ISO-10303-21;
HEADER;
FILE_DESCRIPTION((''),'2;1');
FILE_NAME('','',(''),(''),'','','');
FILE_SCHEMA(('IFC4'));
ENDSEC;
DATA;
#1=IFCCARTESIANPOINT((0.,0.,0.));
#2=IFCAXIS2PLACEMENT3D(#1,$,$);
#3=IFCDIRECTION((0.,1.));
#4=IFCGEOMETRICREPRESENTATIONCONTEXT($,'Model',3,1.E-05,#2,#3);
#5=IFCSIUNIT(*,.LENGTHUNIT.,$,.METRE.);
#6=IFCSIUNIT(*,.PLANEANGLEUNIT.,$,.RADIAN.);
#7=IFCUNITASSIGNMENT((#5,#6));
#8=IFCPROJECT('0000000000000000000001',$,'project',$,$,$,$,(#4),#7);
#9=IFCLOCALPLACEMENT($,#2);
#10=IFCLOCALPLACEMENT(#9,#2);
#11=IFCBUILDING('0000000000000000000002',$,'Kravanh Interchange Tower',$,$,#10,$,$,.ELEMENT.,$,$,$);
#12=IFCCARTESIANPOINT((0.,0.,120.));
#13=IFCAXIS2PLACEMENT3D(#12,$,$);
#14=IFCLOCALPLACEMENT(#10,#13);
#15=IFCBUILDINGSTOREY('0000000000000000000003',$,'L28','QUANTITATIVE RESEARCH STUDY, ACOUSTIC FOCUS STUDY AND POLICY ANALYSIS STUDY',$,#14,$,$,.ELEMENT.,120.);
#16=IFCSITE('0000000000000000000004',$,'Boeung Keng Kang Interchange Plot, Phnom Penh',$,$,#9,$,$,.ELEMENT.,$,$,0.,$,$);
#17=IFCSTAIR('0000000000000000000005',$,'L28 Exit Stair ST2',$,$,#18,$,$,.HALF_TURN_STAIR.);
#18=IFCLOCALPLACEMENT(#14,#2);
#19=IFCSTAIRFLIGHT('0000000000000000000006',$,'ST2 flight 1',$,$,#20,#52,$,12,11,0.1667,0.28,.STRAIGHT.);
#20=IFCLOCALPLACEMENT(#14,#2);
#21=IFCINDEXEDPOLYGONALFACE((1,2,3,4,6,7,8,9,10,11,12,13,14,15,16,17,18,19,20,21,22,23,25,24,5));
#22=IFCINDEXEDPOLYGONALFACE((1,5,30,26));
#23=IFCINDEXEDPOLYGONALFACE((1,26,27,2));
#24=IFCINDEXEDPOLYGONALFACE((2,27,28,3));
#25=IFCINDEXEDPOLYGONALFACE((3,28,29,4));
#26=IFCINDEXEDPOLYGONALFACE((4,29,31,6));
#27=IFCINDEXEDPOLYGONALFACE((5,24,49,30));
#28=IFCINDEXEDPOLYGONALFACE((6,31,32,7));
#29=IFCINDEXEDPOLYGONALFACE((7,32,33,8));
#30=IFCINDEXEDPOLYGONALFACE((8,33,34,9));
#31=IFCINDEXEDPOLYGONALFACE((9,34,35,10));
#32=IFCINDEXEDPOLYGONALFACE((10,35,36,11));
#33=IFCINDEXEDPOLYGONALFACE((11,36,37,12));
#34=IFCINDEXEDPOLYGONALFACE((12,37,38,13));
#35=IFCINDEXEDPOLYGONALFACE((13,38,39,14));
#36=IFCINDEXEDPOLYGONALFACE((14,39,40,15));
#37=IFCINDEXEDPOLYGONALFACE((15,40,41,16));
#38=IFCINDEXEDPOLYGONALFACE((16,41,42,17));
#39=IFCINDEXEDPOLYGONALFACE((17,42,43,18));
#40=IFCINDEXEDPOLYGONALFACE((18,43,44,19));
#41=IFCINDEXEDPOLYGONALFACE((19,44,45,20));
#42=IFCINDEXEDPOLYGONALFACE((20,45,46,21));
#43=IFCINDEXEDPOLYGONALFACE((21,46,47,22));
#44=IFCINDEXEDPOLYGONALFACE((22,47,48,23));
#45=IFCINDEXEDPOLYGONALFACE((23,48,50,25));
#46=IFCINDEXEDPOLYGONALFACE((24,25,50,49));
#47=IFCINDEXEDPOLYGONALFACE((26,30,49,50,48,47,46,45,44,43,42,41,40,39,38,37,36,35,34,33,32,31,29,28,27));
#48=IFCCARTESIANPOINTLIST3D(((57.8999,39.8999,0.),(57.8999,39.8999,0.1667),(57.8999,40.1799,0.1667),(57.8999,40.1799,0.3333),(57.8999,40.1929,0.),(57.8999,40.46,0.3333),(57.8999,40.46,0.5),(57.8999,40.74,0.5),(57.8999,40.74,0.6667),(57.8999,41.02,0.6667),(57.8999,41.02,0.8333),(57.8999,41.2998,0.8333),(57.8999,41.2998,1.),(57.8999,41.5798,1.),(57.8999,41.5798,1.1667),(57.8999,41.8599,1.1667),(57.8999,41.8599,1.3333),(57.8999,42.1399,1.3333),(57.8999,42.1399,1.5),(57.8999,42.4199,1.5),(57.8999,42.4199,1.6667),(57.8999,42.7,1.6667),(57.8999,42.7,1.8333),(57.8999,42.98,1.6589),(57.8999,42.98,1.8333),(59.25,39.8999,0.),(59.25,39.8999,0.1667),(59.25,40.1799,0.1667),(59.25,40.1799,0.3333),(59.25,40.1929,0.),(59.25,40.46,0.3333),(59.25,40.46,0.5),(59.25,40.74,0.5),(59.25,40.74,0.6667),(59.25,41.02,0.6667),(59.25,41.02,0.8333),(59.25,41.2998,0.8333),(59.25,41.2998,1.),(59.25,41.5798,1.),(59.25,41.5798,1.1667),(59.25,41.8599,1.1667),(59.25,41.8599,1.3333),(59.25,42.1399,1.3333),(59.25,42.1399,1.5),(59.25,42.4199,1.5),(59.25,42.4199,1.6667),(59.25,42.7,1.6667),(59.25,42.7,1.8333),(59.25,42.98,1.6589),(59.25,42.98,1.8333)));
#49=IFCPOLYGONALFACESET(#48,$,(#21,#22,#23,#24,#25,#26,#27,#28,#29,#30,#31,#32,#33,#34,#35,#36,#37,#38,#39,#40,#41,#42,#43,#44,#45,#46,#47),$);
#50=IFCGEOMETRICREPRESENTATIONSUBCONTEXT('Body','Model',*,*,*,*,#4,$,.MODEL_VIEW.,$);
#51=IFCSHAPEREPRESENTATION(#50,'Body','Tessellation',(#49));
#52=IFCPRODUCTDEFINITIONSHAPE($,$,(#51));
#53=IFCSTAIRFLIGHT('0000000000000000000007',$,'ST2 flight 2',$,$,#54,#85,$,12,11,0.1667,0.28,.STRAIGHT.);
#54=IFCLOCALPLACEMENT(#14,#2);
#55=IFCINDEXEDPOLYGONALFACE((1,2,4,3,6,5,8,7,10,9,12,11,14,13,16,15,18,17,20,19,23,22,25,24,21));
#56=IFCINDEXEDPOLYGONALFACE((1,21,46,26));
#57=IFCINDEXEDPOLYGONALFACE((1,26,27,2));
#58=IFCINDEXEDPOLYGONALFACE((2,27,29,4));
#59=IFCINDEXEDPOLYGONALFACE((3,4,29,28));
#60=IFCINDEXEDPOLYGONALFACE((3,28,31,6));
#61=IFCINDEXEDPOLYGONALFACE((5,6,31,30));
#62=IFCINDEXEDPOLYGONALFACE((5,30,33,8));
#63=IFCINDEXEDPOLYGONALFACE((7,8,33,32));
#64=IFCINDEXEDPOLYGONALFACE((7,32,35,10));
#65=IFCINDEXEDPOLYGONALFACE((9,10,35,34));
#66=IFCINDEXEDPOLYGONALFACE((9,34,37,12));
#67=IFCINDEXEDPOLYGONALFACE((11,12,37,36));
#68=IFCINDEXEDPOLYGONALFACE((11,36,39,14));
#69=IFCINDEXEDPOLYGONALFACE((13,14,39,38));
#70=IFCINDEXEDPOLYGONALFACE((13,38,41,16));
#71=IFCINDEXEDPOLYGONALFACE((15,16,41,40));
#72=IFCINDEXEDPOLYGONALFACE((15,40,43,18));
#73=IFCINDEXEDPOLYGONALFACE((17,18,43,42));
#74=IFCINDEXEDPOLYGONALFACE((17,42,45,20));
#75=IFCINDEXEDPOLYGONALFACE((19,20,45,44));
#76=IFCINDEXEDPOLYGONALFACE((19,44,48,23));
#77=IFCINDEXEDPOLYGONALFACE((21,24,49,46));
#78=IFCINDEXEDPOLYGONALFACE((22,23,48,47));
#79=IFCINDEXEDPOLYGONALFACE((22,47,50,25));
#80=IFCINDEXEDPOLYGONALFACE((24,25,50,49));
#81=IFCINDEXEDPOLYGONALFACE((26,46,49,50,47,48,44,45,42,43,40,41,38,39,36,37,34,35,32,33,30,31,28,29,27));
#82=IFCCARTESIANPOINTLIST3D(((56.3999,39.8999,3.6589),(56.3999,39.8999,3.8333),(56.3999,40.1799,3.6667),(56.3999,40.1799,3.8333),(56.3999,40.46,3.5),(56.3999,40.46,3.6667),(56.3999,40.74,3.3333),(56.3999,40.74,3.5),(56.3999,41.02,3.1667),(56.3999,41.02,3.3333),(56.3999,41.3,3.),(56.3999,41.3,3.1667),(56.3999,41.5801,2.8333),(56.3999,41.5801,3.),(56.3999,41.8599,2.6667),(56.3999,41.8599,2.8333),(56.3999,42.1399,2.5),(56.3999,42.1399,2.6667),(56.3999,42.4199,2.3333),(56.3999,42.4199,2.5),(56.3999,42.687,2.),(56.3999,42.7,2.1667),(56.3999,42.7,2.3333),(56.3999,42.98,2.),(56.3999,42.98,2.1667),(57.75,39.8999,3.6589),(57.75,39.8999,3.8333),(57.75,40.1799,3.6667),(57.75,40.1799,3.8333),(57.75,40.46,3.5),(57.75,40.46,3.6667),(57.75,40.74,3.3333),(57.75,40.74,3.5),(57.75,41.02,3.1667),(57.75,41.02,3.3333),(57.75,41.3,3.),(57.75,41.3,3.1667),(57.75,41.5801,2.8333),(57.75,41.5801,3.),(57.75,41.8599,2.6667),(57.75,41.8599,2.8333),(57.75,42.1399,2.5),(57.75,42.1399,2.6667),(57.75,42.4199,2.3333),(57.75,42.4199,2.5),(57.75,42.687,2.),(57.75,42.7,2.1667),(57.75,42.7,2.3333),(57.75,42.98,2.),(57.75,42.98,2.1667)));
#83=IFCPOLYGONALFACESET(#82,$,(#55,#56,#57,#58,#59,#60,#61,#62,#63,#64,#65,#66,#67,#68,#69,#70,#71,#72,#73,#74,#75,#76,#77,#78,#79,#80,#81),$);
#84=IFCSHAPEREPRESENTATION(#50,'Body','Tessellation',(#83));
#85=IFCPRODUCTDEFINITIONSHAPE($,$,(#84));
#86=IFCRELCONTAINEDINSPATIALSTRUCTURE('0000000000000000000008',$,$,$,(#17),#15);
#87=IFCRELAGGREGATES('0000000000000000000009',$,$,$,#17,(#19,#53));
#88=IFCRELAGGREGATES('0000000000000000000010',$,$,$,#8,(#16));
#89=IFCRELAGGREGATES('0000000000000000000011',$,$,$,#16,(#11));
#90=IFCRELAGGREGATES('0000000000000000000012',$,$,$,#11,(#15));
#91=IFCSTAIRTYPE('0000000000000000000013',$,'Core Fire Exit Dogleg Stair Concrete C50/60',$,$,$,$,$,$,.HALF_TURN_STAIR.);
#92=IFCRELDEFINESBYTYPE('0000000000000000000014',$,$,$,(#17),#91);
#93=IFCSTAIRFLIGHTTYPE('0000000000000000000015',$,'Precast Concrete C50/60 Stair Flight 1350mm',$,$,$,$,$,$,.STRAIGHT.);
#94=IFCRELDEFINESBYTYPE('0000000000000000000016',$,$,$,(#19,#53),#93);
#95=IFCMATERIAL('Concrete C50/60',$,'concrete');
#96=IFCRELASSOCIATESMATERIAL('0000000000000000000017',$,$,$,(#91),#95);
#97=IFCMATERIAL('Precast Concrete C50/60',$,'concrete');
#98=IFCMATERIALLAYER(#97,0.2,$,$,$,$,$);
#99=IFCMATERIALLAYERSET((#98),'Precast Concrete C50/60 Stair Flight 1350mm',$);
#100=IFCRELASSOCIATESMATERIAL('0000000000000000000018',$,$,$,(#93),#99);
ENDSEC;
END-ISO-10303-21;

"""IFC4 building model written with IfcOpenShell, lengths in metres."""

from ifc_helpers import new_model, si_unit, direction, frame, origin, place, context, subcontext, project, spatial, polyline, outline, extrude, material, layer, layer_set, type_object, element, aggregate, save


model = new_model("IFC4")

# Units and contexts
model_context = context("Model", 3, precision=1e-05, world=origin(), true_north=direction((0.0, 1.0)))
body_context = subcontext(model_context, "Body", "Model", "MODEL_VIEW")
ifc_project = project(units=[si_unit("LENGTHUNIT", "METRE"), si_unit("PLANEANGLEUNIT", "RADIAN")], contexts=[model_context])

# Site, building, storey
site_placement = place(None, origin())
site = spatial("IfcSite", under=ifc_project, at=site_placement, Name="Boeung Keng Kang Interchange Plot, Phnom Penh", CompositionType="ELEMENT", RefElevation=0.0)
building_placement = place(site_placement, origin())
building = spatial("IfcBuilding", under=site, at=building_placement, Name="Kravanh Interchange Tower", CompositionType="ELEMENT")
storey_placement = place(building_placement, frame((0.0, 0.0, 120.0)))
storey = spatial("IfcBuildingStorey", under=building, at=storey_placement, Name="L28", Description="QUANTITATIVE RESEARCH STUDY, ACOUSTIC FOCUS STUDY AND POLICY ANALYSIS STUDY", CompositionType="ELEMENT", Elevation=120.0)

# Stair, stair flights
ifc_material_1 = material(Name="Concrete C50/60", Category="concrete")
stair_type = type_object("IfcStairType", Name="Core Fire Exit Dogleg Stair Concrete C50/60", PredefinedType="HALF_TURN_STAIR", material=ifc_material_1)
ifc_material_2 = material(Name="Precast Concrete C50/60", Category="concrete")
ifc_layer_1 = layer(ifc_material_2, 0.2)
ifc_layer_set_1 = layer_set([ifc_layer_1], Name="Precast Concrete C50/60 Stair Flight 1350mm")
stair_flight_type = type_object("IfcStairFlightType", Name="Precast Concrete C50/60 Stair Flight 1350mm", PredefinedType="STRAIGHT", material=ifc_layer_set_1)
stair_1_placement = place(storey_placement, origin())
stair_1 = element("IfcStair", 1, at=stair_1_placement, inside=storey, type_object=stair_type, Name="L28 Exit Stair ST2", PredefinedType="HALF_TURN_STAIR")
stair_flight_1_placement = place(storey_placement, frame((58.575, 39.8999, 0.0), z_axis=(0.0, 0.0, 1.0), x_axis=(0.0, 1.0, 0.0)))
stair_flight_1 = element("IfcStairFlight", 2, at=stair_flight_1_placement, type_object=stair_flight_type, Name="ST2 flight 1", NumberOfRisers=12, NumberOfTreads=11, PredefinedType="STRAIGHT", RiserHeight=0.1667, TreadLength=0.28, context=body_context, shape_type="SweptSolid", body=[
    extrude(outline(polyline([(0.0, 0.0), (0.0, 0.1667), (0.28, 0.1667), (0.28, 0.3333), (0.5601, 0.3333), (0.5601, 0.5), (0.8401, 0.5), (0.8401, 0.6667), (1.1201, 0.6667), (1.1201, 0.8333), (1.3999, 0.8333), (1.3999, 1.0), (1.6799, 1.0), (1.6799, 1.1667), (1.96, 1.1667), (1.96, 1.3333), (2.24, 1.3333), (2.24, 1.5), (2.52, 1.5), (2.52, 1.6667), (2.8, 1.6667), (2.8, 1.8333), (3.0801, 1.8333), (3.0801, 2.0), (3.0801, 1.6589), (0.293, 0.0), (0.0, 0.0)])), frame((0.0, 0.675, 0.0), z_axis=(0.0, -1.0, 0.0), x_axis=(1.0, 0.0, 0.0)), (0.0, 0.0, 1.0), 1.3501),
])
stair_flight_2_placement = place(storey_placement, frame((57.075, 42.98, 2.0), z_axis=(0.0, 0.0, 1.0), x_axis=(0.0, -1.0, 0.0)))
stair_flight_2 = element("IfcStairFlight", 3, at=stair_flight_2_placement, type_object=stair_flight_type, Name="ST2 flight 2", NumberOfRisers=12, NumberOfTreads=11, PredefinedType="STRAIGHT", RiserHeight=0.1667, TreadLength=0.28, context=body_context, shape_type="SweptSolid", body=[
    extrude(outline(polyline([(0.0, 0.0), (0.0, 0.1667), (0.28, 0.1667), (0.28, 0.3333), (0.5601, 0.3333), (0.5601, 0.5), (0.8401, 0.5), (0.8401, 0.6667), (1.1201, 0.6667), (1.1201, 0.8333), (1.3999, 0.8333), (1.3999, 1.0), (1.6799, 1.0), (1.6799, 1.1667), (1.96, 1.1667), (1.96, 1.3333), (2.24, 1.3333), (2.24, 1.5), (2.52, 1.5), (2.52, 1.6667), (2.8, 1.6667), (2.8, 1.8333), (3.0801, 1.8333), (3.0801, 2.0), (3.0801, 1.6589), (0.293, 0.0), (0.0, 0.0)])), frame((0.0, 0.675, 0.0), z_axis=(0.0, -1.0, 0.0), x_axis=(1.0, 0.0, 0.0)), (0.0, 0.0, 1.0), 1.3501),
])
aggregate(stair_1, [stair_flight_1, stair_flight_2])

save(model, "model.ifc")
